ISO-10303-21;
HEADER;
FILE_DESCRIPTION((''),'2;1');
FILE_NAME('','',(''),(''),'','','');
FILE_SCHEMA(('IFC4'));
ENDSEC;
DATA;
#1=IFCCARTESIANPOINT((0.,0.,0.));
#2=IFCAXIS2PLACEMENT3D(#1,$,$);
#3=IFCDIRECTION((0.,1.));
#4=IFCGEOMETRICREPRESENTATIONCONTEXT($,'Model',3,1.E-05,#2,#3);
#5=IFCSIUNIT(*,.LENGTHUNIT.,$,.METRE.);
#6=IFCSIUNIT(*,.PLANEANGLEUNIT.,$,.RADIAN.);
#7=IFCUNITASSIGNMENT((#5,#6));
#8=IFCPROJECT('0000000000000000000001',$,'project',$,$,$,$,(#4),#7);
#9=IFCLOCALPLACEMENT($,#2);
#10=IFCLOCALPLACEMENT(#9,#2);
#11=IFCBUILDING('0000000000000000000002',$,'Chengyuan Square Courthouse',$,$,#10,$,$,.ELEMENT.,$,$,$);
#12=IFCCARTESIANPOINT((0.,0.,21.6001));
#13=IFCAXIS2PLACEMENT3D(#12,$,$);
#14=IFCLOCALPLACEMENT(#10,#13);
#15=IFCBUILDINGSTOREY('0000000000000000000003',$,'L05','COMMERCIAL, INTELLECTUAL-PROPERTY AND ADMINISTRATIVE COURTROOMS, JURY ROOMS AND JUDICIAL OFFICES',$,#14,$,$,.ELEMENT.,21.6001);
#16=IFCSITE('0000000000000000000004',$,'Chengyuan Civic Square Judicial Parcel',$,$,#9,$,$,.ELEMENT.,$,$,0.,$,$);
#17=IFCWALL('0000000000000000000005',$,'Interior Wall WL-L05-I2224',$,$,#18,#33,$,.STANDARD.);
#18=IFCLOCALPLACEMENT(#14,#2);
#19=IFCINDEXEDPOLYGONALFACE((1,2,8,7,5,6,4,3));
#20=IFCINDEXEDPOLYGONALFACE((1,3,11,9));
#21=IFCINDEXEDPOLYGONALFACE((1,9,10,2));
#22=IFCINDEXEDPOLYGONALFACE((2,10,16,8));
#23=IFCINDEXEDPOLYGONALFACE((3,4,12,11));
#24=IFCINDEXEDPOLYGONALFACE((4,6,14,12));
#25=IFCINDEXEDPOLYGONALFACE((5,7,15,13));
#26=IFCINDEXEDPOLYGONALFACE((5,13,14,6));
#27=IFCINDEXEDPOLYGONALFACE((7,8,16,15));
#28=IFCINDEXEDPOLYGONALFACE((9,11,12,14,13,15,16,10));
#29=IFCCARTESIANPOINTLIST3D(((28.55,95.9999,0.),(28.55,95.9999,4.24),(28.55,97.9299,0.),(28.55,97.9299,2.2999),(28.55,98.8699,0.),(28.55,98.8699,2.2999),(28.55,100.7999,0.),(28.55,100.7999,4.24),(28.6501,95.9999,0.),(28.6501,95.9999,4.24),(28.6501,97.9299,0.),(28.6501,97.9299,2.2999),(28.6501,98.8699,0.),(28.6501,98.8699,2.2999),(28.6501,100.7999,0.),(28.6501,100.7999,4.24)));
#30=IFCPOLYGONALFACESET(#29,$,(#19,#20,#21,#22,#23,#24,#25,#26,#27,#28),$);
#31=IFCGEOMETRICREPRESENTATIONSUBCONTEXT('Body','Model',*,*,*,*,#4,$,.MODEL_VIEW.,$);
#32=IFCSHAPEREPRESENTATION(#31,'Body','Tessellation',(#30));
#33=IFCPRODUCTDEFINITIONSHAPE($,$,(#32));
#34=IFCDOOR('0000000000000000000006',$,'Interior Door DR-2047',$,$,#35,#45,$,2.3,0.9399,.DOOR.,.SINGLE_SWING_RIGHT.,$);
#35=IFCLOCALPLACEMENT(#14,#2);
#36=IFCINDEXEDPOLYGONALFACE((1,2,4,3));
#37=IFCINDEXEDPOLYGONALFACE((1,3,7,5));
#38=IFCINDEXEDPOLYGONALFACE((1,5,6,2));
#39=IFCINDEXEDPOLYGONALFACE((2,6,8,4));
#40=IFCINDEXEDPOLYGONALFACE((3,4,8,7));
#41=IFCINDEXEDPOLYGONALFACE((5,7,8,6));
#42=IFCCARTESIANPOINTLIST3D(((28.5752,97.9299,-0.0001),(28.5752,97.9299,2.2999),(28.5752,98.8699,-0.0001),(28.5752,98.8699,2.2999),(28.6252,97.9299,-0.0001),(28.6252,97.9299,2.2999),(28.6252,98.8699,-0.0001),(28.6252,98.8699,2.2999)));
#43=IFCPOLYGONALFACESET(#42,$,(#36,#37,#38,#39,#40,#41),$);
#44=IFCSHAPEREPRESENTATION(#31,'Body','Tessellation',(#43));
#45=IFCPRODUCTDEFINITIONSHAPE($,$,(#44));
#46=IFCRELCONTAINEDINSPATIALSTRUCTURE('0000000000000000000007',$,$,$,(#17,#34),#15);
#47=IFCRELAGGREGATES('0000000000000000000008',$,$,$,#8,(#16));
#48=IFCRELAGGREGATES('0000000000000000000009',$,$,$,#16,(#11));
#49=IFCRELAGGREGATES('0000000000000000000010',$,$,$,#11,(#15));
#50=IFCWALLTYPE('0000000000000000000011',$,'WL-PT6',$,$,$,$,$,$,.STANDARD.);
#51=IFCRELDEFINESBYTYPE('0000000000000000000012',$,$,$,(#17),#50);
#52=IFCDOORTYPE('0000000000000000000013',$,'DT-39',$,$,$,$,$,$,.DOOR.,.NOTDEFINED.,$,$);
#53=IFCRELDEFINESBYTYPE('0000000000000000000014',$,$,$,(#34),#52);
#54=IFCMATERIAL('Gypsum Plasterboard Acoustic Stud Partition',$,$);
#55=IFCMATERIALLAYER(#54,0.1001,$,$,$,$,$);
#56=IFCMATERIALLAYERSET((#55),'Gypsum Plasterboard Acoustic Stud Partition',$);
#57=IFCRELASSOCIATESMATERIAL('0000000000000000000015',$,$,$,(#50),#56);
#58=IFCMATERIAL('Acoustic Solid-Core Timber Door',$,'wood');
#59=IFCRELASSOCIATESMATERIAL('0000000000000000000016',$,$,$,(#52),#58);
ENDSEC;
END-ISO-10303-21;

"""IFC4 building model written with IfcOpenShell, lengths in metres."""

from ifc_helpers import new_model, si_unit, direction, frame, frame_2d, origin, place, context, subcontext, project, spatial, rectangle, extrude, material, layer, layer_set, type_object, element, fill, save


model = new_model("IFC4")

# Units and contexts
model_context = context("Model", 3, precision=1e-05, world=origin(), true_north=direction((0.0, 1.0)))
body_context = subcontext(model_context, "Body", "Model", "MODEL_VIEW")
ifc_project = project(units=[si_unit("LENGTHUNIT", "METRE"), si_unit("PLANEANGLEUNIT", "RADIAN")], contexts=[model_context])

# Site, building, storey
site_placement = place(None, origin())
site = spatial("IfcSite", under=ifc_project, at=site_placement, Name="Chengyuan Civic Square Judicial Parcel", CompositionType="ELEMENT", RefElevation=0.0)
building_placement = place(site_placement, origin())
building = spatial("IfcBuilding", under=site, at=building_placement, Name="Chengyuan Square Courthouse", CompositionType="ELEMENT")
storey_placement = place(building_placement, frame((0.0, 0.0, 21.6001)))
storey = spatial("IfcBuildingStorey", under=building, at=storey_placement, Name="L05", Description="COMMERCIAL, INTELLECTUAL-PROPERTY AND ADMINISTRATIVE COURTROOMS, JURY ROOMS AND JUDICIAL OFFICES", CompositionType="ELEMENT", Elevation=21.6001)

# Shared definitions
ifc_material_1 = material(Name="Gypsum Plasterboard Acoustic Stud Partition")
ifc_layer_1 = layer(ifc_material_1, 0.1001)
ifc_layer_set_1 = layer_set([ifc_layer_1], Name="Gypsum Plasterboard Acoustic Stud Partition")
wall_type_1 = type_object("IfcWallType", Name="WL-PT6", PredefinedType="STANDARD", material=ifc_layer_set_1)
ifc_material_2 = material(Name="Acoustic Solid-Core Timber Door", Category="wood")

# Wall, opening, door
wall_1_placement = place(storey_placement, frame((28.6001, 96.0, 0.0), z_axis=(0.0, 0.0, 1.0), x_axis=(0.0, 1.0, 0.0)))
wall_1 = element("IfcWall", 1, at=wall_1_placement, inside=storey, type_object=wall_type_1, Name="Interior Wall WL-L05-I2224", PredefinedType="STANDARD", context=body_context, shape_type="SweptSolid", body=[
    extrude(rectangle(XDim=4.8, YDim=0.1001, at=frame_2d((2.3999, 0.0))), origin(), (0.0, 0.0, 1.0), 4.24),
])
opening_1_placement = place(wall_1_placement, frame((1.9299, 0.0, 0.0)))
opening_1 = element("IfcOpeningElement", 2, at=opening_1_placement, cuts=wall_1, PredefinedType="OPENING", context=body_context, shape_type="SweptSolid", body=[
    extrude(rectangle(XDim=0.9399, YDim=2.3, at=frame_2d((0.47, 1.1499))), frame((0.0, 0.062, 0.0), z_axis=(0.0, -1.0, 0.0), x_axis=(1.0, 0.0, 0.0)), (0.0, 0.0, 1.0), 0.124),
])
door_type_1 = type_object("IfcDoorType", Name="DT-39", OperationType="NOTDEFINED", PredefinedType="DOOR", material=ifc_material_2)
door_1_placement = place(opening_1_placement, origin())
door_1 = element("IfcDoor", 3, at=door_1_placement, inside=storey, type_object=door_type_1, Name="Interior Door DR-2047", OperationType="SINGLE_SWING_RIGHT", OverallHeight=2.3, OverallWidth=0.9399, PredefinedType="DOOR", context=body_context, shape_type="SweptSolid", body=[
    extrude(rectangle(XDim=0.9399, YDim=2.3, at=frame_2d((0.47, 1.1499))), frame((0.0, 0.0249, 0.0), z_axis=(0.0, -1.0, 0.0), x_axis=(1.0, 0.0, 0.0)), (0.0, 0.0, 1.0), 0.05),
])
fill(opening_1, door_1)

save(model, "model.ifc")
